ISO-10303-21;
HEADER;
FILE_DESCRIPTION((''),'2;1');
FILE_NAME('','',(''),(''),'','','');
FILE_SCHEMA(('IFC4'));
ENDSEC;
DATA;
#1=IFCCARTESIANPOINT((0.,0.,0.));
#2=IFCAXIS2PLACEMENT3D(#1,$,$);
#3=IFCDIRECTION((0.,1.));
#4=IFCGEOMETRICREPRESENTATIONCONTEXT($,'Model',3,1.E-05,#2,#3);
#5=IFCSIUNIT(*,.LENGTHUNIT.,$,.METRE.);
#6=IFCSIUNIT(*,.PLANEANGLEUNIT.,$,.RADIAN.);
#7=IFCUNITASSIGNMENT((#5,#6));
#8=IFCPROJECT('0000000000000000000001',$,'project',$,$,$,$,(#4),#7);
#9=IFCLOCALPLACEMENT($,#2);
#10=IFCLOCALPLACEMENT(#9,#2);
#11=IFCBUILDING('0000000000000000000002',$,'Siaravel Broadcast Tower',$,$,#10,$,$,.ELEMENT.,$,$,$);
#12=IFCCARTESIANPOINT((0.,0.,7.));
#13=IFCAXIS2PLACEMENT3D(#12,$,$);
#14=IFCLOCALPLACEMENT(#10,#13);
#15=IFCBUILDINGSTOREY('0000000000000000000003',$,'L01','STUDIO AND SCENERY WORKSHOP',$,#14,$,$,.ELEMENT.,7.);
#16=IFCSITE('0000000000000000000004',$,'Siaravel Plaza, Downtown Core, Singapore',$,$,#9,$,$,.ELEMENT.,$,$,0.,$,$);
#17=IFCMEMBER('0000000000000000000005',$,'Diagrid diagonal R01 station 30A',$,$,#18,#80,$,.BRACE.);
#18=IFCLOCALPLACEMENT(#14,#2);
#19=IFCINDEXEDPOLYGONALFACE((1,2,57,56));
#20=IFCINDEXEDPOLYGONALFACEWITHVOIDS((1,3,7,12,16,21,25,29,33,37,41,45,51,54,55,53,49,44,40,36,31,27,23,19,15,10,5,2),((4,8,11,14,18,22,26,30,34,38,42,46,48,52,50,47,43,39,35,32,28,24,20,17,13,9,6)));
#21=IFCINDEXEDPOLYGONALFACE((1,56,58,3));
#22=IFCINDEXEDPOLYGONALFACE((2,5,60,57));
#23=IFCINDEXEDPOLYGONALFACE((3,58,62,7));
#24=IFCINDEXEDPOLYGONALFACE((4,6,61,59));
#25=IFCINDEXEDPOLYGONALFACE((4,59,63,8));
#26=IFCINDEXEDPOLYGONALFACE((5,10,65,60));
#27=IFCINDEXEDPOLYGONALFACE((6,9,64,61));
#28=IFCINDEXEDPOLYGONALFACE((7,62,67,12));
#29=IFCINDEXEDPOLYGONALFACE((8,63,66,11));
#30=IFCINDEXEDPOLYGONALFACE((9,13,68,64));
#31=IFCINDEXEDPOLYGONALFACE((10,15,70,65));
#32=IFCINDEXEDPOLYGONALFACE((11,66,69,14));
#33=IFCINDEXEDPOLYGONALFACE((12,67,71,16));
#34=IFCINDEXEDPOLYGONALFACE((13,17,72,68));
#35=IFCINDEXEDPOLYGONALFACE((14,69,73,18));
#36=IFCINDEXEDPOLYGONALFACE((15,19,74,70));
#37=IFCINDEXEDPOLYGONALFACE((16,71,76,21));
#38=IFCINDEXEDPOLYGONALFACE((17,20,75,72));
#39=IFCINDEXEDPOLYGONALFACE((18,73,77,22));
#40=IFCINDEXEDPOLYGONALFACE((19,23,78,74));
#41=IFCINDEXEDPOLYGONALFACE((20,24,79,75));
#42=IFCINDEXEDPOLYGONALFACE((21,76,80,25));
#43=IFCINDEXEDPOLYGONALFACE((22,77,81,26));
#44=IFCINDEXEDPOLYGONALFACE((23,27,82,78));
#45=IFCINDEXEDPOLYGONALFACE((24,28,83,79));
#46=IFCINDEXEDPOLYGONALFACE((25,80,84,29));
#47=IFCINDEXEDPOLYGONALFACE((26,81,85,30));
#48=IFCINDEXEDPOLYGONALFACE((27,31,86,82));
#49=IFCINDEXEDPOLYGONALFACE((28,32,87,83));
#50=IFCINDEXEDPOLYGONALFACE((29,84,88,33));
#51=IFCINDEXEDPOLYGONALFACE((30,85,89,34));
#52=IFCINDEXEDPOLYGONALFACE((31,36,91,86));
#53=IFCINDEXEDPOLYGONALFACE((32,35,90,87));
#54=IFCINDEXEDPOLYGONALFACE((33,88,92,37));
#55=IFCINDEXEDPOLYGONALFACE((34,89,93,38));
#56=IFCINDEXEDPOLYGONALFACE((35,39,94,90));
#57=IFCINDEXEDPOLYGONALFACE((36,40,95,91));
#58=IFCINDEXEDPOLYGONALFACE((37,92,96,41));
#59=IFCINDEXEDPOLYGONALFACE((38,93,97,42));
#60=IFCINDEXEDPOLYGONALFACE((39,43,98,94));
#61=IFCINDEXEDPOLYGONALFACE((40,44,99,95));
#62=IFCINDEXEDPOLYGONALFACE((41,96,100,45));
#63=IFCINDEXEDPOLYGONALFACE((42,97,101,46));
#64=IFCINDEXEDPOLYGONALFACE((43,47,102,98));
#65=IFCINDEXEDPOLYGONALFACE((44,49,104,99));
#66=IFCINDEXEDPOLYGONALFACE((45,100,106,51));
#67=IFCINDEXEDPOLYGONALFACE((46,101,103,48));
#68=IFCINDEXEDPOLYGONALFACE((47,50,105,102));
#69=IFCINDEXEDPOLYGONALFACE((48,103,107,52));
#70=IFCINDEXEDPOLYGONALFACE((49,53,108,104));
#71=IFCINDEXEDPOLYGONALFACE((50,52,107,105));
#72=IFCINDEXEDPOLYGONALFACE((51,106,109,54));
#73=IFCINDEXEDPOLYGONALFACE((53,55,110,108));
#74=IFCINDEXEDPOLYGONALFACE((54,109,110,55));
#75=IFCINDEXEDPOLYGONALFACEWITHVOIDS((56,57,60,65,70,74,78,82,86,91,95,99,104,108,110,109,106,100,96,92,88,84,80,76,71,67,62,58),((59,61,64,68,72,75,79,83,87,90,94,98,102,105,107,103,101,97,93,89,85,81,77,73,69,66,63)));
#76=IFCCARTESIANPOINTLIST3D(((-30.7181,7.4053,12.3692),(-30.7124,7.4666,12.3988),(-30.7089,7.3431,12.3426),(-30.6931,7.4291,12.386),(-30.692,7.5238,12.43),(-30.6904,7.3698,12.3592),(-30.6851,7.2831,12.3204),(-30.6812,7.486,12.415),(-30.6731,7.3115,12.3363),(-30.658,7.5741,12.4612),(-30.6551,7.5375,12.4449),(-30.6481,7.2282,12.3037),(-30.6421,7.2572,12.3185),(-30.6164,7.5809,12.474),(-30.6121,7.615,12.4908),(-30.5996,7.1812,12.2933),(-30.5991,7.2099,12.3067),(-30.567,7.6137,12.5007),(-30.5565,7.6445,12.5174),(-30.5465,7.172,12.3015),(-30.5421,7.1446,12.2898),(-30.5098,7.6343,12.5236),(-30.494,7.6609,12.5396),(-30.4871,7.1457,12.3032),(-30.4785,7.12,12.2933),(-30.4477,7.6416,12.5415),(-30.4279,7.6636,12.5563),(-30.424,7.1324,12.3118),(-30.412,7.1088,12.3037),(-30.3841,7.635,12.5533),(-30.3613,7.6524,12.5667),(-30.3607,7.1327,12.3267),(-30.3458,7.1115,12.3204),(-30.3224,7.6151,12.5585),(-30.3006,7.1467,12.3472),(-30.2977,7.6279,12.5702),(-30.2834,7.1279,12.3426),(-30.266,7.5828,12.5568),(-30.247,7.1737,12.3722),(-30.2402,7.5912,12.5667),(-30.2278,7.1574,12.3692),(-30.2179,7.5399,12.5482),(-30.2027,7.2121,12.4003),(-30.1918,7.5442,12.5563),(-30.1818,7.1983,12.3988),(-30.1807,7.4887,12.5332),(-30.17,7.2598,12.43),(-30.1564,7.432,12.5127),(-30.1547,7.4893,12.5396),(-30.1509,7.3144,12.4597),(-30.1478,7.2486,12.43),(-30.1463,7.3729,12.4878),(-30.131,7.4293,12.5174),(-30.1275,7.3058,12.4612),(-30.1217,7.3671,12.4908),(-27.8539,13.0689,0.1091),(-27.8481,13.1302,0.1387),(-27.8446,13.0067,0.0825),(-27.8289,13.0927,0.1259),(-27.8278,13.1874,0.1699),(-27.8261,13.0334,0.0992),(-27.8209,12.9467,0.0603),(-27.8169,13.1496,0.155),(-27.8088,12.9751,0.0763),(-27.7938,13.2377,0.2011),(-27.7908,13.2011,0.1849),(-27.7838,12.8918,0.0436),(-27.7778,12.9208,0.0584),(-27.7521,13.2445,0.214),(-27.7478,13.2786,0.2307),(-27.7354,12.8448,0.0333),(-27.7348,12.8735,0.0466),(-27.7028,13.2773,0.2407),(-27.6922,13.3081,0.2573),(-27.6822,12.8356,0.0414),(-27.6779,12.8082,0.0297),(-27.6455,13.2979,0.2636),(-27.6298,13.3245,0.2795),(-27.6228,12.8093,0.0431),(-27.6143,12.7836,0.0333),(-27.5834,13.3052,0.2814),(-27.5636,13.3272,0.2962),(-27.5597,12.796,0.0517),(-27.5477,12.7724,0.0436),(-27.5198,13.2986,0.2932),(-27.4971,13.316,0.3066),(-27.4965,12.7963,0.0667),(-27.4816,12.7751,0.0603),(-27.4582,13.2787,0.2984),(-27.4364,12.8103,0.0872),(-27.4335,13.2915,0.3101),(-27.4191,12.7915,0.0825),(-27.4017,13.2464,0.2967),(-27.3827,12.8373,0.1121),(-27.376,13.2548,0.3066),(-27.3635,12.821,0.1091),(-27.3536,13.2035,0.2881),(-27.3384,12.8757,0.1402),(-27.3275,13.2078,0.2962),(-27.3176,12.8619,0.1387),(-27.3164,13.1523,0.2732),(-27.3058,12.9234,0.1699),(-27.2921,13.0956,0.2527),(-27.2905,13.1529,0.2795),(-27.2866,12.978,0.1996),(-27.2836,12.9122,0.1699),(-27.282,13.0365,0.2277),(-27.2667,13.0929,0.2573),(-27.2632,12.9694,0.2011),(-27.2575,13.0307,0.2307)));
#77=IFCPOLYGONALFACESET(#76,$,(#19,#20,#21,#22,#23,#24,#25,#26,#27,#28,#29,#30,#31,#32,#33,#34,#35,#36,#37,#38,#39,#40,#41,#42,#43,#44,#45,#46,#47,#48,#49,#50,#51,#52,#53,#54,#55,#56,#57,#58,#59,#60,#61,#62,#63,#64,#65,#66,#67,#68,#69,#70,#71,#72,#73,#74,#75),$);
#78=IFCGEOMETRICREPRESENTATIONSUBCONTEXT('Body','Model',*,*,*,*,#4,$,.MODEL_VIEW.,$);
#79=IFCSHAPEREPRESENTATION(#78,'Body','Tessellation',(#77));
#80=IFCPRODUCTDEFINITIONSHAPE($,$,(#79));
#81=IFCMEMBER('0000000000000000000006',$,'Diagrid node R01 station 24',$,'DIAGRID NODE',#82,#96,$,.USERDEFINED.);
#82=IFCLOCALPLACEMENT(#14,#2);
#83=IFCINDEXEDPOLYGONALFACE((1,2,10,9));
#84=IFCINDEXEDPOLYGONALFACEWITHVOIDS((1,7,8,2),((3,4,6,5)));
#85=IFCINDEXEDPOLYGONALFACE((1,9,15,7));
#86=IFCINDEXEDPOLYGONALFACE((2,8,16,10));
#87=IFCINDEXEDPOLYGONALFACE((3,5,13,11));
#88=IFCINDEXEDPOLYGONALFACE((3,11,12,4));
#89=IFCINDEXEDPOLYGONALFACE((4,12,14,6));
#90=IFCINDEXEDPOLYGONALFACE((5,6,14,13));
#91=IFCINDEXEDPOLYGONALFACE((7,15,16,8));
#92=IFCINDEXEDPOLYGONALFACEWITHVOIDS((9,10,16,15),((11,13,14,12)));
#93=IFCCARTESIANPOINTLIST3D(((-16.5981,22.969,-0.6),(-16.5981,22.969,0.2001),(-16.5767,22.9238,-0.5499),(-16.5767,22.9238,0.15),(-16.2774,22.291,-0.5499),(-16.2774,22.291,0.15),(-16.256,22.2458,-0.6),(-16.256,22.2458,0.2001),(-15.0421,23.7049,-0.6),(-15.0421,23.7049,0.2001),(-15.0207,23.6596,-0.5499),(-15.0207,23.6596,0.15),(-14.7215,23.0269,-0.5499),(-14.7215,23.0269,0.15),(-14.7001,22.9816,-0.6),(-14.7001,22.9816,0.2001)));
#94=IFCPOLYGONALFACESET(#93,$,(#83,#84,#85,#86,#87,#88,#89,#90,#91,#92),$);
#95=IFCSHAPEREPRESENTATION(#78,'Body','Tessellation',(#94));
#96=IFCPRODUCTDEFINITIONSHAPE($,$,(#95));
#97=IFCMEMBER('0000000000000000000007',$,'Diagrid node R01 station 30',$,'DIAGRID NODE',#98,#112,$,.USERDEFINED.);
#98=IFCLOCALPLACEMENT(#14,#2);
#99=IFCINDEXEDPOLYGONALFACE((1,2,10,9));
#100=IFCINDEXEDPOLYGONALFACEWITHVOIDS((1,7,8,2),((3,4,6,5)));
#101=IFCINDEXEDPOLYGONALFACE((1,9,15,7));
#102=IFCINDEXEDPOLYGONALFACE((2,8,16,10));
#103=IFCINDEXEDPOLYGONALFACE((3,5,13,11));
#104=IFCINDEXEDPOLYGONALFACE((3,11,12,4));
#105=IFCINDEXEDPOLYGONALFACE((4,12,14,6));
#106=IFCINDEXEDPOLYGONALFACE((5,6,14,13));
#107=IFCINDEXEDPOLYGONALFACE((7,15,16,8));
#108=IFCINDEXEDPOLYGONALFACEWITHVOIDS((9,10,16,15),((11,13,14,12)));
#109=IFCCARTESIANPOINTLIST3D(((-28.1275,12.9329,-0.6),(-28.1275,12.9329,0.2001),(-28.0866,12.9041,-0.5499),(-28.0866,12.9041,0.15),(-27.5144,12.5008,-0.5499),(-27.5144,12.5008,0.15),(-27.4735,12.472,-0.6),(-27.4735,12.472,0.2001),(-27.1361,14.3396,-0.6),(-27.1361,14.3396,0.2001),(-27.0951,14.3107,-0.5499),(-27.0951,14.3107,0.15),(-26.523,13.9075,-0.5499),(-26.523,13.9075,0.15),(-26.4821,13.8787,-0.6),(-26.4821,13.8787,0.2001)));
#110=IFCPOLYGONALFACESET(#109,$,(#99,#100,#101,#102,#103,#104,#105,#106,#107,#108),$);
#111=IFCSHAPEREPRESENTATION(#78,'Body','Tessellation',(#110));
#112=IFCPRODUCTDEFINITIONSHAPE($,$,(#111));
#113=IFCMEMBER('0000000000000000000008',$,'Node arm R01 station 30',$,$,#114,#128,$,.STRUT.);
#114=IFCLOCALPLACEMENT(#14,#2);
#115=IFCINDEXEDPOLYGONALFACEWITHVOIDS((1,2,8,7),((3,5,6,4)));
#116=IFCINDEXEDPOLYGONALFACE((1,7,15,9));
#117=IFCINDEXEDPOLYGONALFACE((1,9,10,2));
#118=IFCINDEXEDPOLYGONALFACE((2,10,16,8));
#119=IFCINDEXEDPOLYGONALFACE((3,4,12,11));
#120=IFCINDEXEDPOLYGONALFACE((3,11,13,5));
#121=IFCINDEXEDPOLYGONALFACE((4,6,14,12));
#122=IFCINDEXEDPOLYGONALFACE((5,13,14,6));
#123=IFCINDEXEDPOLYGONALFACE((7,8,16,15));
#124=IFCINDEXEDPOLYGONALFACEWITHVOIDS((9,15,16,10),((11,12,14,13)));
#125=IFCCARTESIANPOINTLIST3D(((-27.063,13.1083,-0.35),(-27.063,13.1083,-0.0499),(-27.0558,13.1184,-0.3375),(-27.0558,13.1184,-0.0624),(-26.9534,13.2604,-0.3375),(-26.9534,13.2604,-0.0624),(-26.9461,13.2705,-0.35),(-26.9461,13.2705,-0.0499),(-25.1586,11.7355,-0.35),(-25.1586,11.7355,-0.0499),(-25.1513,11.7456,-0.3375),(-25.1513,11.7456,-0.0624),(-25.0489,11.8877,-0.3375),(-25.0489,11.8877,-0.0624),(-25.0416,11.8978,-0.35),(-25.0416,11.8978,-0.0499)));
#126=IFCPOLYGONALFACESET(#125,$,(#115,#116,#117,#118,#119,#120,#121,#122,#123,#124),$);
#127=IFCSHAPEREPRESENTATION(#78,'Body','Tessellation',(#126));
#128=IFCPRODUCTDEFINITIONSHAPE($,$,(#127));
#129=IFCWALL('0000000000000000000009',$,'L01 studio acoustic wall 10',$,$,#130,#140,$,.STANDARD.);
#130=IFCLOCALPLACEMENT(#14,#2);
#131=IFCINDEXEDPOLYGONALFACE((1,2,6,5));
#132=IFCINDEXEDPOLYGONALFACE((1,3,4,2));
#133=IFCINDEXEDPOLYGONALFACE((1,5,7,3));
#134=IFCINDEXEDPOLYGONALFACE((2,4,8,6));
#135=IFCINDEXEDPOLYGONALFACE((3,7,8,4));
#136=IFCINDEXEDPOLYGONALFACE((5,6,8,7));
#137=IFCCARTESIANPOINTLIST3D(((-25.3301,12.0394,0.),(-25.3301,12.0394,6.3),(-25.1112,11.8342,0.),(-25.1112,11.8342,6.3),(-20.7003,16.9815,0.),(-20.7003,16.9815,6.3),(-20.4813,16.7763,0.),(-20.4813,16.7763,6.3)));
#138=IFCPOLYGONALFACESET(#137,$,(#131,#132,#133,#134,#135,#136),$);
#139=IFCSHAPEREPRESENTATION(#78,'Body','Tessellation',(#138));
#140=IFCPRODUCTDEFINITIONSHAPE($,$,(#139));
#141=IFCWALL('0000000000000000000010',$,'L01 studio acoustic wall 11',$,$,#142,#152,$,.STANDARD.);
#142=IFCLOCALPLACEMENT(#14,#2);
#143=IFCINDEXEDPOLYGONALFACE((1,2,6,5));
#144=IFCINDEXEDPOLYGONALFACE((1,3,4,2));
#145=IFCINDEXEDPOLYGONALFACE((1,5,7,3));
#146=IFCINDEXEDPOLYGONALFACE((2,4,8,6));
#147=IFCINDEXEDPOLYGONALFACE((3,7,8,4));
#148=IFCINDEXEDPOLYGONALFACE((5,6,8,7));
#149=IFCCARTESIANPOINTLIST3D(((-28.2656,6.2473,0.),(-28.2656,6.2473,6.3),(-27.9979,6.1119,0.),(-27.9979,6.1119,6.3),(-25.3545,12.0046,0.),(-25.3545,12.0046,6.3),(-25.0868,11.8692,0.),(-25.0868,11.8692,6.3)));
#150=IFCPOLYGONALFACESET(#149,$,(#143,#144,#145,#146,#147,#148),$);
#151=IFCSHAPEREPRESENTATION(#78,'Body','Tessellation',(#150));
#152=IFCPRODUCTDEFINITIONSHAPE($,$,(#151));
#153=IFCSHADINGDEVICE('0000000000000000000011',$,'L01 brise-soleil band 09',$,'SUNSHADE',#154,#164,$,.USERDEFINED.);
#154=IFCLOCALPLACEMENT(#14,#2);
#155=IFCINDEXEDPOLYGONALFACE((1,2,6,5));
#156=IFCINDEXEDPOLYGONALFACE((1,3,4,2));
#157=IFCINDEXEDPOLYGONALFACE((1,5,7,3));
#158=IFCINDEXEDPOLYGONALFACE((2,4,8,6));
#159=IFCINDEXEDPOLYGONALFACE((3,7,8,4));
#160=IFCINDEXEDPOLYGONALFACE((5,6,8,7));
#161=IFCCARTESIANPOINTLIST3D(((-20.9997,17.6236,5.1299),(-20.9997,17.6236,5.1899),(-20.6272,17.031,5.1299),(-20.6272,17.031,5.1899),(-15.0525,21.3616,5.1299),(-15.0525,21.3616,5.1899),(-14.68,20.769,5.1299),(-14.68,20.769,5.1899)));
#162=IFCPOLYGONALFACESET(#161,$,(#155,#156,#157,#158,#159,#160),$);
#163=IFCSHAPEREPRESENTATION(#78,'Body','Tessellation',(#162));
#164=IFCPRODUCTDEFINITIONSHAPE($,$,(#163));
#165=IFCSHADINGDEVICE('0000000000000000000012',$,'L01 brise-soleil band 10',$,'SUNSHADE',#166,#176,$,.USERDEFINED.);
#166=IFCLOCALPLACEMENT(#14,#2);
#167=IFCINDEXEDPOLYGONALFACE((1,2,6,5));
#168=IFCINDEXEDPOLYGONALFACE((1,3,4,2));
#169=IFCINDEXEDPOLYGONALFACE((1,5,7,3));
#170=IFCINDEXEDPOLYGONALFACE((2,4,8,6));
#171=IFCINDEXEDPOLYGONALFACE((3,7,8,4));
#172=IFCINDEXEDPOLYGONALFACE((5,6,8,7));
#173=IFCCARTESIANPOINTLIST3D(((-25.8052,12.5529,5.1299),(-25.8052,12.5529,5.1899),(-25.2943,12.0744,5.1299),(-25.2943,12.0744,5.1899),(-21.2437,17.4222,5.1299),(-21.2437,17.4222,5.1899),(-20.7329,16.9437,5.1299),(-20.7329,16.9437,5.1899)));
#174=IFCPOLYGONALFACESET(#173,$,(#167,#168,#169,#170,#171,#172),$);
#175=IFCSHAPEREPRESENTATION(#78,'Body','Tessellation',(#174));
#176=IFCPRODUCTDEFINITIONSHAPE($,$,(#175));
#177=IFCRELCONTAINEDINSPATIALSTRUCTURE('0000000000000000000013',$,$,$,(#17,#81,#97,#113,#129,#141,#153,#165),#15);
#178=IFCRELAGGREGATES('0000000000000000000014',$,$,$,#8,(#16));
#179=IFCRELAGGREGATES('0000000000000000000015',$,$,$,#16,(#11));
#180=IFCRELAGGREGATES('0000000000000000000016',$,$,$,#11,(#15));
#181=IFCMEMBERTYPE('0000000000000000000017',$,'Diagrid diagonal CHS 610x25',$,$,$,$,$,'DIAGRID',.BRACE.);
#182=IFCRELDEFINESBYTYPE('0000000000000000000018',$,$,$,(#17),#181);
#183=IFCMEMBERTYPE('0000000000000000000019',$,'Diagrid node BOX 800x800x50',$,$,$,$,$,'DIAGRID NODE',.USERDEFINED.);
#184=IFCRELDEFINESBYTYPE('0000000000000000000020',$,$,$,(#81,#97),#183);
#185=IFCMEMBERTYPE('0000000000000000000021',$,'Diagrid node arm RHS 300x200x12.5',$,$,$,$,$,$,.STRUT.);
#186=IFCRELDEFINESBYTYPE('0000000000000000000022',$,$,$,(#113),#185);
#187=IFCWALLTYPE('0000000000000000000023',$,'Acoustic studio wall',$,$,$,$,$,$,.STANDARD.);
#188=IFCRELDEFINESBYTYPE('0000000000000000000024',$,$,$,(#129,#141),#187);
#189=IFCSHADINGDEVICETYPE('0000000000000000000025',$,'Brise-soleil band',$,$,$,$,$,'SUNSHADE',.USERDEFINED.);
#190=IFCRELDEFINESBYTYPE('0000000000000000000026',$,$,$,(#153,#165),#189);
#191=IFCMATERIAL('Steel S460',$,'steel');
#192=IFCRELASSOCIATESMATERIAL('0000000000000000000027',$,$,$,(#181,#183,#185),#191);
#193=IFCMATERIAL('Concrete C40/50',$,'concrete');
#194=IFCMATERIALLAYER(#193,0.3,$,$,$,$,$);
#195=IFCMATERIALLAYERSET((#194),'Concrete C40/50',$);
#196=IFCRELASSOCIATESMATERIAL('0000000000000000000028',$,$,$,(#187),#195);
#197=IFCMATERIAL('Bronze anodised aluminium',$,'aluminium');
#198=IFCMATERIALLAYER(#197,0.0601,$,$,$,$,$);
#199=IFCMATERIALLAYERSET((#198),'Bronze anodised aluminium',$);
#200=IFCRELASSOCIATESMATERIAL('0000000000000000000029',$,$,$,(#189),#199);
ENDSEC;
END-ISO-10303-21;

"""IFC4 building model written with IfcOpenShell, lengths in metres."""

from ifc_helpers import new_model, si_unit, direction, frame, frame_2d, origin, origin_2d, place, context, subcontext, project, spatial, rectangle, hollow_rectangle, hollow_circle, extrude, material, layer, layer_set, material_profile, profile_set, type_object, element, save


model = new_model("IFC4")

# Units and contexts
model_context = context("Model", 3, precision=1e-05, world=origin(), true_north=direction((0.0, 1.0)))
body_context = subcontext(model_context, "Body", "Model", "MODEL_VIEW")
ifc_project = project(units=[si_unit("LENGTHUNIT", "METRE"), si_unit("PLANEANGLEUNIT", "RADIAN")], contexts=[model_context])

# Site, building, storey
site_placement = place(None, origin())
site = spatial("IfcSite", under=ifc_project, at=site_placement, Name="Siaravel Plaza, Downtown Core, Singapore", CompositionType="ELEMENT", RefElevation=0.0)
building_placement = place(site_placement, origin())
building = spatial("IfcBuilding", under=site, at=building_placement, Name="Siaravel Broadcast Tower", CompositionType="ELEMENT")
storey_placement = place(building_placement, frame((0.0, 0.0, 7.0)))
storey = spatial("IfcBuildingStorey", under=building, at=storey_placement, Name="L01", Description="STUDIO AND SCENERY WORKSHOP", CompositionType="ELEMENT", Elevation=7.0)

# Members
ifc_material_1 = material(Name="Steel S460", Category="steel")
ifc_material_profile_1 = material_profile(ifc_material_1, hollow_circle(Radius=0.3049, WallThickness=0.0249, at=origin_2d()))
ifc_profile_set_1 = profile_set([ifc_material_profile_1], Name="Steel S460")
member_type_1 = type_object("IfcMemberType", Name="Diagrid diagonal CHS 610x25", ElementType="DIAGRID", PredefinedType="BRACE", material=ifc_profile_set_1)
member_1_placement = place(storey_placement, frame((-27.5557, 13.0498, 0.1699), z_axis=(-0.207474, -0.410245, 0.888062), x_axis=(0.892371, -0.451302, 0.0)))
element("IfcMember", 1, at=member_1_placement, inside=storey, type_object=member_type_1, Name="Diagrid diagonal R01 station 30A", PredefinedType="BRACE", context=body_context, shape_type="SweptSolid", body=[
    extrude(hollow_circle(Radius=0.3049, WallThickness=0.0249, at=origin_2d()), origin(), (0.0, 0.0, 1.0), 13.8054),
])
ifc_material_profile_2 = material_profile(ifc_material_1, hollow_rectangle(XDim=0.8, YDim=0.8, WallThickness=0.05, at=origin_2d()))
ifc_profile_set_2 = profile_set([ifc_material_profile_2], Name="Steel S460")
member_type_2 = type_object("IfcMemberType", Name="Diagrid node BOX 800x800x50", ElementType="DIAGRID NODE", PredefinedType="USERDEFINED", material=ifc_profile_set_2)
member_2_placement = place(storey_placement, frame((-14.8711, 23.3433, -0.2), z_axis=(-0.904001, -0.427531, 0.0), x_axis=(0.427531, -0.904001, 0.0)))
element("IfcMember", 2, at=member_2_placement, inside=storey, type_object=member_type_2, Name="Diagrid node R01 station 24", ObjectType="DIAGRID NODE", PredefinedType="USERDEFINED", context=body_context, shape_type="SweptSolid", body=[
    extrude(hollow_rectangle(XDim=0.8, YDim=0.8, WallThickness=0.05, at=origin_2d()), origin(), (0.0, 0.0, 1.0), 1.7212),
])
member_3_placement = place(storey_placement, frame((-26.8091, 14.1091, -0.2), z_axis=(-0.576087, -0.817388, 0.0), x_axis=(0.817388, -0.576087, 0.0)))
element("IfcMember", 3, at=member_3_placement, inside=storey, type_object=member_type_2, Name="Diagrid node R01 station 30", ObjectType="DIAGRID NODE", PredefinedType="USERDEFINED", context=body_context, shape_type="SweptSolid", body=[
    extrude(hollow_rectangle(XDim=0.8, YDim=0.8, WallThickness=0.05, at=origin_2d()), origin(), (0.0, 0.0, 1.0), 1.7209),
])
ifc_material_profile_3 = material_profile(ifc_material_1, hollow_rectangle(XDim=0.2, YDim=0.3, WallThickness=0.0125, at=origin_2d()))
ifc_profile_set_3 = profile_set([ifc_material_profile_3], Name="Steel S460")
member_type_3 = type_object("IfcMemberType", Name="Diagrid node arm RHS 300x200x12.5", PredefinedType="STRUT", material=ifc_profile_set_3)
member_4_placement = place(storey_placement, frame((-25.1001, 11.8167, -0.2), z_axis=(-0.811225, 0.584735, 0.0), x_axis=(-0.584735, -0.811225, 0.0)))
element("IfcMember", 4, at=member_4_placement, inside=storey, type_object=member_type_3, Name="Node arm R01 station 30", PredefinedType="STRUT", context=body_context, shape_type="SweptSolid", body=[
    extrude(hollow_rectangle(XDim=0.2, YDim=0.3, WallThickness=0.0125, at=origin_2d()), origin(), (0.0, 0.0, 1.0), 2.3477),
])

# Walls
ifc_material_2 = material(Name="Concrete C40/50", Category="concrete")
ifc_layer_1 = layer(ifc_material_2, 0.3)
ifc_layer_set_1 = layer_set([ifc_layer_1], Name="Concrete C40/50")
wall_type = type_object("IfcWallType", Name="Acoustic studio wall", PredefinedType="STANDARD", material=ifc_layer_set_1)
wall_1_placement = place(storey_placement, frame((-20.5908, 16.8789, 0.0), z_axis=(0.0, 0.0, 1.0), x_axis=(-0.683676, -0.729786, 0.0)))
element("IfcWall", 5, at=wall_1_placement, inside=storey, type_object=wall_type, Name="L01 studio acoustic wall 10", PredefinedType="STANDARD", context=body_context, shape_type="SweptSolid", body=[
    extrude(rectangle(XDim=6.772, YDim=0.3, at=frame_2d((3.386, 0.0))), origin(), (0.0, 0.0, 1.0), 6.3),
])
wall_2_placement = place(storey_placement, frame((-25.2207, 11.9368, 0.0), z_axis=(0.0, 0.0, 1.0), x_axis=(-0.451236, -0.892405, 0.0)))
element("IfcWall", 6, at=wall_2_placement, inside=storey, type_object=wall_type, Name="L01 studio acoustic wall 11", PredefinedType="STANDARD", context=body_context, shape_type="SweptSolid", body=[
    extrude(rectangle(XDim=6.4514, YDim=0.3, at=frame_2d((3.2256, 0.0))), origin(), (0.0, 0.0, 1.0), 6.3),
])

# Shading devices
ifc_material_3 = material(Name="Bronze anodised aluminium", Category="aluminium")
ifc_layer_2 = layer(ifc_material_3, 0.0601)
ifc_layer_set_2 = layer_set([ifc_layer_2], Name="Bronze anodised aluminium")
shading_device_type_1 = type_object("IfcShadingDeviceType", Name="Brise-soleil band", ElementType="SUNSHADE", PredefinedType="USERDEFINED", material=ifc_layer_set_2)
shading_device_1_placement = place(storey_placement, frame((-17.8398, 19.1963, 5.1299), z_axis=(0.0, 0.0, 1.0), x_axis=(-0.84665, -0.532149, 0.0)))
element("IfcShadingDevice", 7, at=shading_device_1_placement, inside=storey, type_object=shading_device_type_1, Name="L01 brise-soleil band 09", ObjectType="SUNSHADE", PredefinedType="USERDEFINED", context=body_context, shape_type="SweptSolid", body=[
    extrude(rectangle(XDim=7.0244, YDim=0.7, at=origin_2d()), origin(), (0.0, 0.0, 1.0), 0.0601),
])
shading_device_2_placement = place(storey_placement, frame((-23.269, 14.7483, 5.1299), z_axis=(0.0, 0.0, 1.0), x_axis=(-0.683656, -0.729804, 0.0)))
element("IfcShadingDevice", 8, at=shading_device_2_placement, inside=storey, type_object=shading_device_type_1, Name="L01 brise-soleil band 10", ObjectType="SUNSHADE", PredefinedType="USERDEFINED", context=body_context, shape_type="SweptSolid", body=[
    extrude(rectangle(XDim=6.6721, YDim=0.7, at=origin_2d()), origin(), (0.0, 0.0, 1.0), 0.0601),
])

save(model, "model.ifc")
